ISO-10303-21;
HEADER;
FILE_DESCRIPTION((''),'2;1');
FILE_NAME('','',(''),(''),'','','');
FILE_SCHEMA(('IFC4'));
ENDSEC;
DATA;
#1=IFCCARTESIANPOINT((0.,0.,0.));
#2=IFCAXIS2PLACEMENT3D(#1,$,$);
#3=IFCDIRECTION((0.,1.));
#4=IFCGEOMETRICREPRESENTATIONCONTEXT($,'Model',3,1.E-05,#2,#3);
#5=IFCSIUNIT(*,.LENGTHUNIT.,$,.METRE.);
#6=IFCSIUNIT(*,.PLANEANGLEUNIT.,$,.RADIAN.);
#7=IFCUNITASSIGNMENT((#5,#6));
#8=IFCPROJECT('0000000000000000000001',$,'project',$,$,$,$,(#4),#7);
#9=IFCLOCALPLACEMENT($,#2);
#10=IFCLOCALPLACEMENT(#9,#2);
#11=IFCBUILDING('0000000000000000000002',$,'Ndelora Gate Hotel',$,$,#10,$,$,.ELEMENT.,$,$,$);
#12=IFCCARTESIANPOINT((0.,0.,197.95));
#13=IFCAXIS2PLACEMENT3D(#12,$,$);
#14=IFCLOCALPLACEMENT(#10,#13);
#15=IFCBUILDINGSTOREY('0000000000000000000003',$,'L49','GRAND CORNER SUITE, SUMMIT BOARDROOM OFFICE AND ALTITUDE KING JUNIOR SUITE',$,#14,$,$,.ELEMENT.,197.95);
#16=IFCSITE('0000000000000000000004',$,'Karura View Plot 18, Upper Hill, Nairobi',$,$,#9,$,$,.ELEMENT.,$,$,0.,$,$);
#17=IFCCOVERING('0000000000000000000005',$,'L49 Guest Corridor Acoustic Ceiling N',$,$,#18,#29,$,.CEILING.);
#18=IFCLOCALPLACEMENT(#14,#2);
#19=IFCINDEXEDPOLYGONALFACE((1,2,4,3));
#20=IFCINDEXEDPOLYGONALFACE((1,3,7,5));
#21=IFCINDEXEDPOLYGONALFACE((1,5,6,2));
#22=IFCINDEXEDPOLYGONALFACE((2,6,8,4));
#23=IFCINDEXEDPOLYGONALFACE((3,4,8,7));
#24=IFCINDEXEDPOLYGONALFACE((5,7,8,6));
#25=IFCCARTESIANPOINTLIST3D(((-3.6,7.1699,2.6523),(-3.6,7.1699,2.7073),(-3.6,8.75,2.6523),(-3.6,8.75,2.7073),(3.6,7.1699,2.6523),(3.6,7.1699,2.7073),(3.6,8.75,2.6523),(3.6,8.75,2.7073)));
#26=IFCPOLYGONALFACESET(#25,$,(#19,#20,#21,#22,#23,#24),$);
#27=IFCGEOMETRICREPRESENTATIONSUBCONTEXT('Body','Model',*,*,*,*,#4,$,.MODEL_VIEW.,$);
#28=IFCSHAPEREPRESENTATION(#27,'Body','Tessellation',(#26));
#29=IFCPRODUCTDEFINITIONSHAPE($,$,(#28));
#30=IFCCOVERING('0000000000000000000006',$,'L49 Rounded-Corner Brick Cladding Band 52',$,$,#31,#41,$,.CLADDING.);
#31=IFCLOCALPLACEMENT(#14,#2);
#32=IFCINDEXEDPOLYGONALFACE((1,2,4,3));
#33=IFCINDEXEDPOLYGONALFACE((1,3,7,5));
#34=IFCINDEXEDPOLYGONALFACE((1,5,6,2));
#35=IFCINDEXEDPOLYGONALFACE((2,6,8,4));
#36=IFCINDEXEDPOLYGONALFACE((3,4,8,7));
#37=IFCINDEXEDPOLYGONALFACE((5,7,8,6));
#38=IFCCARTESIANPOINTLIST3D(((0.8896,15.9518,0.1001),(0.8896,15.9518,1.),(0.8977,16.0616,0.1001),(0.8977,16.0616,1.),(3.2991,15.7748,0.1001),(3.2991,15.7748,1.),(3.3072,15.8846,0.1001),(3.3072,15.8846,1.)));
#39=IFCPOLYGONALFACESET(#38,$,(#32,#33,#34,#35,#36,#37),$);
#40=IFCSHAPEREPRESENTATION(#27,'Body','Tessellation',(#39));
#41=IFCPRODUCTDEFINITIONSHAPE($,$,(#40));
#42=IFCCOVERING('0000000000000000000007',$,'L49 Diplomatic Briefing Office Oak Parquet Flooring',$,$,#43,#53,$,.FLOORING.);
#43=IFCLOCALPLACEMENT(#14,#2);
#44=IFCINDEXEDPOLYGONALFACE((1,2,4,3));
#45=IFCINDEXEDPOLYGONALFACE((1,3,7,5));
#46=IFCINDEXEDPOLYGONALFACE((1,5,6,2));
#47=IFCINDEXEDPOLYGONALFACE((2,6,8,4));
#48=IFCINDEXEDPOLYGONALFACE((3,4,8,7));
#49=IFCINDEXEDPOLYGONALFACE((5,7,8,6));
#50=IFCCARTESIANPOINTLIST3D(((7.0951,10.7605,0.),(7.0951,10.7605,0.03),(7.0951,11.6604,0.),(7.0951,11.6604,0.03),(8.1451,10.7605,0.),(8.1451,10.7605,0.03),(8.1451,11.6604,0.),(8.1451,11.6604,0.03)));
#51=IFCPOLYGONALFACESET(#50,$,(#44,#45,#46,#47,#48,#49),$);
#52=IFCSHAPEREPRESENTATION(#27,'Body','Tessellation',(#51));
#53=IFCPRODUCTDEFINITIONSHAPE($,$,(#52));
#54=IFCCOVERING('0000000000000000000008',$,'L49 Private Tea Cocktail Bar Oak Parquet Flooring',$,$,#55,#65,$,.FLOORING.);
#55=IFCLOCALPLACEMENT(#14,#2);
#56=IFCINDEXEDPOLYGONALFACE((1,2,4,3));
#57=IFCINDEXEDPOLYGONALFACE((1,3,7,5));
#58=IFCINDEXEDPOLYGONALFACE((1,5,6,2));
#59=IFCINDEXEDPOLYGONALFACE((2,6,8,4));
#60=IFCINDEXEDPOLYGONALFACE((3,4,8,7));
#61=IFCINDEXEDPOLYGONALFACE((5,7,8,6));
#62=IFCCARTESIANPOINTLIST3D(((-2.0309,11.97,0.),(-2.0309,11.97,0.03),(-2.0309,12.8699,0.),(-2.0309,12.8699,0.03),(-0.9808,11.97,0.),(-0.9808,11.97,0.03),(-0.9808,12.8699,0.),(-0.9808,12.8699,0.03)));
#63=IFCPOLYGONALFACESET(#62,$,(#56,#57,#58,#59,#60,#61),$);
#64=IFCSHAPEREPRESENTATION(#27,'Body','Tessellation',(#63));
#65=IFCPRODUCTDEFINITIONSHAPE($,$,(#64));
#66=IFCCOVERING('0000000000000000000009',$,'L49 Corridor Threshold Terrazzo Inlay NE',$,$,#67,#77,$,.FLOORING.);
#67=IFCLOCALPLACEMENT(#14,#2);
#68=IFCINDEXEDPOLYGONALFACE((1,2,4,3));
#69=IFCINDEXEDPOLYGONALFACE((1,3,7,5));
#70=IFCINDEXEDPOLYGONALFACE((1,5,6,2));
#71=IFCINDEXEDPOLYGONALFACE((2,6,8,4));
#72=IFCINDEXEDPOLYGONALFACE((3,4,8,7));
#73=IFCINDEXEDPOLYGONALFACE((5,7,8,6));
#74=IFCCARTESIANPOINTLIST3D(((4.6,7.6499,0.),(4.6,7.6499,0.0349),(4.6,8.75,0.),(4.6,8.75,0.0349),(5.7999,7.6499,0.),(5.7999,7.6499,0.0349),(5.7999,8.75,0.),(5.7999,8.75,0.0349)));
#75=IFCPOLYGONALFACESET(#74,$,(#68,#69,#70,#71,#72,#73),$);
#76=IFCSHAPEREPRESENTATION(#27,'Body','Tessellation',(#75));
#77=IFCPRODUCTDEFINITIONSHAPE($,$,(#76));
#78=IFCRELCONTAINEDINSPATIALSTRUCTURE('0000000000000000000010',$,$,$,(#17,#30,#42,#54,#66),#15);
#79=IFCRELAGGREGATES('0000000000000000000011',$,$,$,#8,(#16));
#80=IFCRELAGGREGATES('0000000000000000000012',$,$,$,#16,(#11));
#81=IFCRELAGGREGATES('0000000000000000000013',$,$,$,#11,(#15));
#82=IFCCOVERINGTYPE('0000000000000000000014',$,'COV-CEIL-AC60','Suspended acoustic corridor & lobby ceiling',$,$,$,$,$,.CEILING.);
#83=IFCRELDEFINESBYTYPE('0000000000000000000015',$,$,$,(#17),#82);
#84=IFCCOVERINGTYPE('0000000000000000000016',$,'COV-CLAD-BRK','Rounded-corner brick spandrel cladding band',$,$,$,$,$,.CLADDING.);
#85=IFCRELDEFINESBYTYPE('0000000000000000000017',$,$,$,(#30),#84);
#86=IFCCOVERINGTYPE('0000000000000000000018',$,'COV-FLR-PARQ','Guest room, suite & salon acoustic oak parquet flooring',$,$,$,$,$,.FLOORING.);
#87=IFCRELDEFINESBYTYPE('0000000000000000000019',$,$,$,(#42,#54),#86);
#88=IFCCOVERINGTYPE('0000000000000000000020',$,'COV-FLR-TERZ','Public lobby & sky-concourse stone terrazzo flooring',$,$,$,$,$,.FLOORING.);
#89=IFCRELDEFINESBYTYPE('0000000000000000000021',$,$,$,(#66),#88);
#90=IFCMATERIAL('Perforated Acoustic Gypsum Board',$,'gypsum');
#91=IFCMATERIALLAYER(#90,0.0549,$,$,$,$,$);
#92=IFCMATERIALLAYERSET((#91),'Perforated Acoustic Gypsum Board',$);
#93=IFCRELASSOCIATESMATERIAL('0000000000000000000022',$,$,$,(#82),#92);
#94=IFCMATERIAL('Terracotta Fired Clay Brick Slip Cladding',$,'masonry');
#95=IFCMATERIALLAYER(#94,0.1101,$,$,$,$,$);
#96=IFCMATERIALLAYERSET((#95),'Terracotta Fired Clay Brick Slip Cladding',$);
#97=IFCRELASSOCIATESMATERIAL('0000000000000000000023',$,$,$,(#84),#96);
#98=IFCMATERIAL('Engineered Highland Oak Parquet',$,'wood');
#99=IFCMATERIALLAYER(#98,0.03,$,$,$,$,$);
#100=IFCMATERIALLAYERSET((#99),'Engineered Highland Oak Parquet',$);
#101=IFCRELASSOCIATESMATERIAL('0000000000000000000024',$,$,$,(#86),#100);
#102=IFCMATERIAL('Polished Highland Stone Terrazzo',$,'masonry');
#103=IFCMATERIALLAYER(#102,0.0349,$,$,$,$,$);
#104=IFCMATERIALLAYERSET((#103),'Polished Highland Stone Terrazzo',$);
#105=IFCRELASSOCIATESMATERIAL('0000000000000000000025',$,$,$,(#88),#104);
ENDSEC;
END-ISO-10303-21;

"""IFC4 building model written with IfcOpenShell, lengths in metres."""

from ifc_helpers import new_model, si_unit, direction, frame, origin, origin_2d, place, context, subcontext, project, spatial, rectangle, extrude, material, layer, layer_set, type_object, element, save


model = new_model("IFC4")

# Units and contexts
model_context = context("Model", 3, precision=1e-05, world=origin(), true_north=direction((0.0, 1.0)))
body_context = subcontext(model_context, "Body", "Model", "MODEL_VIEW")
ifc_project = project(units=[si_unit("LENGTHUNIT", "METRE"), si_unit("PLANEANGLEUNIT", "RADIAN")], contexts=[model_context])

# Site, building, storey
site_placement = place(None, origin())
site = spatial("IfcSite", under=ifc_project, at=site_placement, Name="Karura View Plot 18, Upper Hill, Nairobi", CompositionType="ELEMENT", RefElevation=0.0)
building_placement = place(site_placement, origin())
building = spatial("IfcBuilding", under=site, at=building_placement, Name="Ndelora Gate Hotel", CompositionType="ELEMENT")
storey_placement = place(building_placement, frame((0.0, 0.0, 197.95)))
storey = spatial("IfcBuildingStorey", under=building, at=storey_placement, Name="L49", Description="GRAND CORNER SUITE, SUMMIT BOARDROOM OFFICE AND ALTITUDE KING JUNIOR SUITE", CompositionType="ELEMENT", Elevation=197.95)

# Coverings
ifc_material_1 = material(Name="Perforated Acoustic Gypsum Board", Category="gypsum")
ifc_layer_1 = layer(ifc_material_1, 0.0549)
ifc_layer_set_1 = layer_set([ifc_layer_1], Name="Perforated Acoustic Gypsum Board")
covering_type_1 = type_object("IfcCoveringType", Name="COV-CEIL-AC60", Description="Suspended acoustic corridor & lobby ceiling", PredefinedType="CEILING", material=ifc_layer_set_1)
covering_1_placement = place(storey_placement, frame((0.0, 7.96, 2.6523), z_axis=(0.0, 0.0, 1.0), x_axis=(1.0, 0.0, 0.0)))
element("IfcCovering", 1, at=covering_1_placement, inside=storey, type_object=covering_type_1, Name="L49 Guest Corridor Acoustic Ceiling N", PredefinedType="CEILING", context=body_context, shape_type="SweptSolid", body=[
    extrude(rectangle(XDim=7.2, YDim=1.5801, at=origin_2d()), origin(), (0.0, 0.0, 1.0), 0.0549),
])
ifc_material_2 = material(Name="Terracotta Fired Clay Brick Slip Cladding", Category="masonry")
ifc_layer_2 = layer(ifc_material_2, 0.1101)
ifc_layer_set_2 = layer_set([ifc_layer_2], Name="Terracotta Fired Clay Brick Slip Cladding")
covering_type_2 = type_object("IfcCoveringType", Name="COV-CLAD-BRK", Description="Rounded-corner brick spandrel cladding band", PredefinedType="CLADDING", material=ifc_layer_set_2)
covering_2_placement = place(storey_placement, frame((2.0984, 15.9182, 0.1001), z_axis=(0.0, 0.0, 1.0), x_axis=(-0.997314, 0.073238, 0.0)))
element("IfcCovering", 2, at=covering_2_placement, inside=storey, type_object=covering_type_2, Name="L49 Rounded-Corner Brick Cladding Band 52", PredefinedType="CLADDING", context=body_context, shape_type="SweptSolid", body=[
    extrude(rectangle(XDim=2.416, YDim=0.1101, at=origin_2d()), origin(), (0.0, 0.0, 1.0), 0.8999),
])
ifc_material_3 = material(Name="Engineered Highland Oak Parquet", Category="wood")
ifc_layer_3 = layer(ifc_material_3, 0.03)
ifc_layer_set_3 = layer_set([ifc_layer_3], Name="Engineered Highland Oak Parquet")
covering_type_3 = type_object("IfcCoveringType", Name="COV-FLR-PARQ", Description="Guest room, suite & salon acoustic oak parquet flooring", PredefinedType="FLOORING", material=ifc_layer_set_3)
for number, where, z_axis, x_axis, name in (
    (3, (7.6201, 11.2104, 0.0), (0.0, 0.0, 1.0), (1.0, 0.0, 0.0), "L49 Diplomatic Briefing Office Oak Parquet Flooring"),
    (4, (-1.5059, 12.4199, 0.0), (0.0, 0.0, 1.0), (1.0, 0.0, 0.0), "L49 Private Tea Cocktail Bar Oak Parquet Flooring"),
):
    element("IfcCovering", number, at=place(storey_placement, frame(where, z_axis=z_axis, x_axis=x_axis)), inside=storey, type_object=covering_type_3, Name=name, PredefinedType="FLOORING", context=body_context, shape_type="SweptSolid", body=[
        extrude(rectangle(XDim=1.05, YDim=0.8999, at=origin_2d()), origin(), (0.0, 0.0, 1.0), 0.03),
    ])
ifc_material_4 = material(Name="Polished Highland Stone Terrazzo", Category="masonry")
ifc_layer_4 = layer(ifc_material_4, 0.0349)
ifc_layer_set_4 = layer_set([ifc_layer_4], Name="Polished Highland Stone Terrazzo")
covering_type_4 = type_object("IfcCoveringType", Name="COV-FLR-TERZ", Description="Public lobby & sky-concourse stone terrazzo flooring", PredefinedType="FLOORING", material=ifc_layer_set_4)
covering_3_placement = place(storey_placement, frame((5.2, 8.2, 0.0), z_axis=(0.0, 0.0, 1.0), x_axis=(1.0, 0.0, 0.0)))
element("IfcCovering", 5, at=covering_3_placement, inside=storey, type_object=covering_type_4, Name="L49 Corridor Threshold Terrazzo Inlay NE", PredefinedType="FLOORING", context=body_context, shape_type="SweptSolid", body=[
    extrude(rectangle(XDim=1.2, YDim=1.1001, at=origin_2d()), origin(), (0.0, 0.0, 1.0), 0.0349),
])

save(model, "model.ifc")
